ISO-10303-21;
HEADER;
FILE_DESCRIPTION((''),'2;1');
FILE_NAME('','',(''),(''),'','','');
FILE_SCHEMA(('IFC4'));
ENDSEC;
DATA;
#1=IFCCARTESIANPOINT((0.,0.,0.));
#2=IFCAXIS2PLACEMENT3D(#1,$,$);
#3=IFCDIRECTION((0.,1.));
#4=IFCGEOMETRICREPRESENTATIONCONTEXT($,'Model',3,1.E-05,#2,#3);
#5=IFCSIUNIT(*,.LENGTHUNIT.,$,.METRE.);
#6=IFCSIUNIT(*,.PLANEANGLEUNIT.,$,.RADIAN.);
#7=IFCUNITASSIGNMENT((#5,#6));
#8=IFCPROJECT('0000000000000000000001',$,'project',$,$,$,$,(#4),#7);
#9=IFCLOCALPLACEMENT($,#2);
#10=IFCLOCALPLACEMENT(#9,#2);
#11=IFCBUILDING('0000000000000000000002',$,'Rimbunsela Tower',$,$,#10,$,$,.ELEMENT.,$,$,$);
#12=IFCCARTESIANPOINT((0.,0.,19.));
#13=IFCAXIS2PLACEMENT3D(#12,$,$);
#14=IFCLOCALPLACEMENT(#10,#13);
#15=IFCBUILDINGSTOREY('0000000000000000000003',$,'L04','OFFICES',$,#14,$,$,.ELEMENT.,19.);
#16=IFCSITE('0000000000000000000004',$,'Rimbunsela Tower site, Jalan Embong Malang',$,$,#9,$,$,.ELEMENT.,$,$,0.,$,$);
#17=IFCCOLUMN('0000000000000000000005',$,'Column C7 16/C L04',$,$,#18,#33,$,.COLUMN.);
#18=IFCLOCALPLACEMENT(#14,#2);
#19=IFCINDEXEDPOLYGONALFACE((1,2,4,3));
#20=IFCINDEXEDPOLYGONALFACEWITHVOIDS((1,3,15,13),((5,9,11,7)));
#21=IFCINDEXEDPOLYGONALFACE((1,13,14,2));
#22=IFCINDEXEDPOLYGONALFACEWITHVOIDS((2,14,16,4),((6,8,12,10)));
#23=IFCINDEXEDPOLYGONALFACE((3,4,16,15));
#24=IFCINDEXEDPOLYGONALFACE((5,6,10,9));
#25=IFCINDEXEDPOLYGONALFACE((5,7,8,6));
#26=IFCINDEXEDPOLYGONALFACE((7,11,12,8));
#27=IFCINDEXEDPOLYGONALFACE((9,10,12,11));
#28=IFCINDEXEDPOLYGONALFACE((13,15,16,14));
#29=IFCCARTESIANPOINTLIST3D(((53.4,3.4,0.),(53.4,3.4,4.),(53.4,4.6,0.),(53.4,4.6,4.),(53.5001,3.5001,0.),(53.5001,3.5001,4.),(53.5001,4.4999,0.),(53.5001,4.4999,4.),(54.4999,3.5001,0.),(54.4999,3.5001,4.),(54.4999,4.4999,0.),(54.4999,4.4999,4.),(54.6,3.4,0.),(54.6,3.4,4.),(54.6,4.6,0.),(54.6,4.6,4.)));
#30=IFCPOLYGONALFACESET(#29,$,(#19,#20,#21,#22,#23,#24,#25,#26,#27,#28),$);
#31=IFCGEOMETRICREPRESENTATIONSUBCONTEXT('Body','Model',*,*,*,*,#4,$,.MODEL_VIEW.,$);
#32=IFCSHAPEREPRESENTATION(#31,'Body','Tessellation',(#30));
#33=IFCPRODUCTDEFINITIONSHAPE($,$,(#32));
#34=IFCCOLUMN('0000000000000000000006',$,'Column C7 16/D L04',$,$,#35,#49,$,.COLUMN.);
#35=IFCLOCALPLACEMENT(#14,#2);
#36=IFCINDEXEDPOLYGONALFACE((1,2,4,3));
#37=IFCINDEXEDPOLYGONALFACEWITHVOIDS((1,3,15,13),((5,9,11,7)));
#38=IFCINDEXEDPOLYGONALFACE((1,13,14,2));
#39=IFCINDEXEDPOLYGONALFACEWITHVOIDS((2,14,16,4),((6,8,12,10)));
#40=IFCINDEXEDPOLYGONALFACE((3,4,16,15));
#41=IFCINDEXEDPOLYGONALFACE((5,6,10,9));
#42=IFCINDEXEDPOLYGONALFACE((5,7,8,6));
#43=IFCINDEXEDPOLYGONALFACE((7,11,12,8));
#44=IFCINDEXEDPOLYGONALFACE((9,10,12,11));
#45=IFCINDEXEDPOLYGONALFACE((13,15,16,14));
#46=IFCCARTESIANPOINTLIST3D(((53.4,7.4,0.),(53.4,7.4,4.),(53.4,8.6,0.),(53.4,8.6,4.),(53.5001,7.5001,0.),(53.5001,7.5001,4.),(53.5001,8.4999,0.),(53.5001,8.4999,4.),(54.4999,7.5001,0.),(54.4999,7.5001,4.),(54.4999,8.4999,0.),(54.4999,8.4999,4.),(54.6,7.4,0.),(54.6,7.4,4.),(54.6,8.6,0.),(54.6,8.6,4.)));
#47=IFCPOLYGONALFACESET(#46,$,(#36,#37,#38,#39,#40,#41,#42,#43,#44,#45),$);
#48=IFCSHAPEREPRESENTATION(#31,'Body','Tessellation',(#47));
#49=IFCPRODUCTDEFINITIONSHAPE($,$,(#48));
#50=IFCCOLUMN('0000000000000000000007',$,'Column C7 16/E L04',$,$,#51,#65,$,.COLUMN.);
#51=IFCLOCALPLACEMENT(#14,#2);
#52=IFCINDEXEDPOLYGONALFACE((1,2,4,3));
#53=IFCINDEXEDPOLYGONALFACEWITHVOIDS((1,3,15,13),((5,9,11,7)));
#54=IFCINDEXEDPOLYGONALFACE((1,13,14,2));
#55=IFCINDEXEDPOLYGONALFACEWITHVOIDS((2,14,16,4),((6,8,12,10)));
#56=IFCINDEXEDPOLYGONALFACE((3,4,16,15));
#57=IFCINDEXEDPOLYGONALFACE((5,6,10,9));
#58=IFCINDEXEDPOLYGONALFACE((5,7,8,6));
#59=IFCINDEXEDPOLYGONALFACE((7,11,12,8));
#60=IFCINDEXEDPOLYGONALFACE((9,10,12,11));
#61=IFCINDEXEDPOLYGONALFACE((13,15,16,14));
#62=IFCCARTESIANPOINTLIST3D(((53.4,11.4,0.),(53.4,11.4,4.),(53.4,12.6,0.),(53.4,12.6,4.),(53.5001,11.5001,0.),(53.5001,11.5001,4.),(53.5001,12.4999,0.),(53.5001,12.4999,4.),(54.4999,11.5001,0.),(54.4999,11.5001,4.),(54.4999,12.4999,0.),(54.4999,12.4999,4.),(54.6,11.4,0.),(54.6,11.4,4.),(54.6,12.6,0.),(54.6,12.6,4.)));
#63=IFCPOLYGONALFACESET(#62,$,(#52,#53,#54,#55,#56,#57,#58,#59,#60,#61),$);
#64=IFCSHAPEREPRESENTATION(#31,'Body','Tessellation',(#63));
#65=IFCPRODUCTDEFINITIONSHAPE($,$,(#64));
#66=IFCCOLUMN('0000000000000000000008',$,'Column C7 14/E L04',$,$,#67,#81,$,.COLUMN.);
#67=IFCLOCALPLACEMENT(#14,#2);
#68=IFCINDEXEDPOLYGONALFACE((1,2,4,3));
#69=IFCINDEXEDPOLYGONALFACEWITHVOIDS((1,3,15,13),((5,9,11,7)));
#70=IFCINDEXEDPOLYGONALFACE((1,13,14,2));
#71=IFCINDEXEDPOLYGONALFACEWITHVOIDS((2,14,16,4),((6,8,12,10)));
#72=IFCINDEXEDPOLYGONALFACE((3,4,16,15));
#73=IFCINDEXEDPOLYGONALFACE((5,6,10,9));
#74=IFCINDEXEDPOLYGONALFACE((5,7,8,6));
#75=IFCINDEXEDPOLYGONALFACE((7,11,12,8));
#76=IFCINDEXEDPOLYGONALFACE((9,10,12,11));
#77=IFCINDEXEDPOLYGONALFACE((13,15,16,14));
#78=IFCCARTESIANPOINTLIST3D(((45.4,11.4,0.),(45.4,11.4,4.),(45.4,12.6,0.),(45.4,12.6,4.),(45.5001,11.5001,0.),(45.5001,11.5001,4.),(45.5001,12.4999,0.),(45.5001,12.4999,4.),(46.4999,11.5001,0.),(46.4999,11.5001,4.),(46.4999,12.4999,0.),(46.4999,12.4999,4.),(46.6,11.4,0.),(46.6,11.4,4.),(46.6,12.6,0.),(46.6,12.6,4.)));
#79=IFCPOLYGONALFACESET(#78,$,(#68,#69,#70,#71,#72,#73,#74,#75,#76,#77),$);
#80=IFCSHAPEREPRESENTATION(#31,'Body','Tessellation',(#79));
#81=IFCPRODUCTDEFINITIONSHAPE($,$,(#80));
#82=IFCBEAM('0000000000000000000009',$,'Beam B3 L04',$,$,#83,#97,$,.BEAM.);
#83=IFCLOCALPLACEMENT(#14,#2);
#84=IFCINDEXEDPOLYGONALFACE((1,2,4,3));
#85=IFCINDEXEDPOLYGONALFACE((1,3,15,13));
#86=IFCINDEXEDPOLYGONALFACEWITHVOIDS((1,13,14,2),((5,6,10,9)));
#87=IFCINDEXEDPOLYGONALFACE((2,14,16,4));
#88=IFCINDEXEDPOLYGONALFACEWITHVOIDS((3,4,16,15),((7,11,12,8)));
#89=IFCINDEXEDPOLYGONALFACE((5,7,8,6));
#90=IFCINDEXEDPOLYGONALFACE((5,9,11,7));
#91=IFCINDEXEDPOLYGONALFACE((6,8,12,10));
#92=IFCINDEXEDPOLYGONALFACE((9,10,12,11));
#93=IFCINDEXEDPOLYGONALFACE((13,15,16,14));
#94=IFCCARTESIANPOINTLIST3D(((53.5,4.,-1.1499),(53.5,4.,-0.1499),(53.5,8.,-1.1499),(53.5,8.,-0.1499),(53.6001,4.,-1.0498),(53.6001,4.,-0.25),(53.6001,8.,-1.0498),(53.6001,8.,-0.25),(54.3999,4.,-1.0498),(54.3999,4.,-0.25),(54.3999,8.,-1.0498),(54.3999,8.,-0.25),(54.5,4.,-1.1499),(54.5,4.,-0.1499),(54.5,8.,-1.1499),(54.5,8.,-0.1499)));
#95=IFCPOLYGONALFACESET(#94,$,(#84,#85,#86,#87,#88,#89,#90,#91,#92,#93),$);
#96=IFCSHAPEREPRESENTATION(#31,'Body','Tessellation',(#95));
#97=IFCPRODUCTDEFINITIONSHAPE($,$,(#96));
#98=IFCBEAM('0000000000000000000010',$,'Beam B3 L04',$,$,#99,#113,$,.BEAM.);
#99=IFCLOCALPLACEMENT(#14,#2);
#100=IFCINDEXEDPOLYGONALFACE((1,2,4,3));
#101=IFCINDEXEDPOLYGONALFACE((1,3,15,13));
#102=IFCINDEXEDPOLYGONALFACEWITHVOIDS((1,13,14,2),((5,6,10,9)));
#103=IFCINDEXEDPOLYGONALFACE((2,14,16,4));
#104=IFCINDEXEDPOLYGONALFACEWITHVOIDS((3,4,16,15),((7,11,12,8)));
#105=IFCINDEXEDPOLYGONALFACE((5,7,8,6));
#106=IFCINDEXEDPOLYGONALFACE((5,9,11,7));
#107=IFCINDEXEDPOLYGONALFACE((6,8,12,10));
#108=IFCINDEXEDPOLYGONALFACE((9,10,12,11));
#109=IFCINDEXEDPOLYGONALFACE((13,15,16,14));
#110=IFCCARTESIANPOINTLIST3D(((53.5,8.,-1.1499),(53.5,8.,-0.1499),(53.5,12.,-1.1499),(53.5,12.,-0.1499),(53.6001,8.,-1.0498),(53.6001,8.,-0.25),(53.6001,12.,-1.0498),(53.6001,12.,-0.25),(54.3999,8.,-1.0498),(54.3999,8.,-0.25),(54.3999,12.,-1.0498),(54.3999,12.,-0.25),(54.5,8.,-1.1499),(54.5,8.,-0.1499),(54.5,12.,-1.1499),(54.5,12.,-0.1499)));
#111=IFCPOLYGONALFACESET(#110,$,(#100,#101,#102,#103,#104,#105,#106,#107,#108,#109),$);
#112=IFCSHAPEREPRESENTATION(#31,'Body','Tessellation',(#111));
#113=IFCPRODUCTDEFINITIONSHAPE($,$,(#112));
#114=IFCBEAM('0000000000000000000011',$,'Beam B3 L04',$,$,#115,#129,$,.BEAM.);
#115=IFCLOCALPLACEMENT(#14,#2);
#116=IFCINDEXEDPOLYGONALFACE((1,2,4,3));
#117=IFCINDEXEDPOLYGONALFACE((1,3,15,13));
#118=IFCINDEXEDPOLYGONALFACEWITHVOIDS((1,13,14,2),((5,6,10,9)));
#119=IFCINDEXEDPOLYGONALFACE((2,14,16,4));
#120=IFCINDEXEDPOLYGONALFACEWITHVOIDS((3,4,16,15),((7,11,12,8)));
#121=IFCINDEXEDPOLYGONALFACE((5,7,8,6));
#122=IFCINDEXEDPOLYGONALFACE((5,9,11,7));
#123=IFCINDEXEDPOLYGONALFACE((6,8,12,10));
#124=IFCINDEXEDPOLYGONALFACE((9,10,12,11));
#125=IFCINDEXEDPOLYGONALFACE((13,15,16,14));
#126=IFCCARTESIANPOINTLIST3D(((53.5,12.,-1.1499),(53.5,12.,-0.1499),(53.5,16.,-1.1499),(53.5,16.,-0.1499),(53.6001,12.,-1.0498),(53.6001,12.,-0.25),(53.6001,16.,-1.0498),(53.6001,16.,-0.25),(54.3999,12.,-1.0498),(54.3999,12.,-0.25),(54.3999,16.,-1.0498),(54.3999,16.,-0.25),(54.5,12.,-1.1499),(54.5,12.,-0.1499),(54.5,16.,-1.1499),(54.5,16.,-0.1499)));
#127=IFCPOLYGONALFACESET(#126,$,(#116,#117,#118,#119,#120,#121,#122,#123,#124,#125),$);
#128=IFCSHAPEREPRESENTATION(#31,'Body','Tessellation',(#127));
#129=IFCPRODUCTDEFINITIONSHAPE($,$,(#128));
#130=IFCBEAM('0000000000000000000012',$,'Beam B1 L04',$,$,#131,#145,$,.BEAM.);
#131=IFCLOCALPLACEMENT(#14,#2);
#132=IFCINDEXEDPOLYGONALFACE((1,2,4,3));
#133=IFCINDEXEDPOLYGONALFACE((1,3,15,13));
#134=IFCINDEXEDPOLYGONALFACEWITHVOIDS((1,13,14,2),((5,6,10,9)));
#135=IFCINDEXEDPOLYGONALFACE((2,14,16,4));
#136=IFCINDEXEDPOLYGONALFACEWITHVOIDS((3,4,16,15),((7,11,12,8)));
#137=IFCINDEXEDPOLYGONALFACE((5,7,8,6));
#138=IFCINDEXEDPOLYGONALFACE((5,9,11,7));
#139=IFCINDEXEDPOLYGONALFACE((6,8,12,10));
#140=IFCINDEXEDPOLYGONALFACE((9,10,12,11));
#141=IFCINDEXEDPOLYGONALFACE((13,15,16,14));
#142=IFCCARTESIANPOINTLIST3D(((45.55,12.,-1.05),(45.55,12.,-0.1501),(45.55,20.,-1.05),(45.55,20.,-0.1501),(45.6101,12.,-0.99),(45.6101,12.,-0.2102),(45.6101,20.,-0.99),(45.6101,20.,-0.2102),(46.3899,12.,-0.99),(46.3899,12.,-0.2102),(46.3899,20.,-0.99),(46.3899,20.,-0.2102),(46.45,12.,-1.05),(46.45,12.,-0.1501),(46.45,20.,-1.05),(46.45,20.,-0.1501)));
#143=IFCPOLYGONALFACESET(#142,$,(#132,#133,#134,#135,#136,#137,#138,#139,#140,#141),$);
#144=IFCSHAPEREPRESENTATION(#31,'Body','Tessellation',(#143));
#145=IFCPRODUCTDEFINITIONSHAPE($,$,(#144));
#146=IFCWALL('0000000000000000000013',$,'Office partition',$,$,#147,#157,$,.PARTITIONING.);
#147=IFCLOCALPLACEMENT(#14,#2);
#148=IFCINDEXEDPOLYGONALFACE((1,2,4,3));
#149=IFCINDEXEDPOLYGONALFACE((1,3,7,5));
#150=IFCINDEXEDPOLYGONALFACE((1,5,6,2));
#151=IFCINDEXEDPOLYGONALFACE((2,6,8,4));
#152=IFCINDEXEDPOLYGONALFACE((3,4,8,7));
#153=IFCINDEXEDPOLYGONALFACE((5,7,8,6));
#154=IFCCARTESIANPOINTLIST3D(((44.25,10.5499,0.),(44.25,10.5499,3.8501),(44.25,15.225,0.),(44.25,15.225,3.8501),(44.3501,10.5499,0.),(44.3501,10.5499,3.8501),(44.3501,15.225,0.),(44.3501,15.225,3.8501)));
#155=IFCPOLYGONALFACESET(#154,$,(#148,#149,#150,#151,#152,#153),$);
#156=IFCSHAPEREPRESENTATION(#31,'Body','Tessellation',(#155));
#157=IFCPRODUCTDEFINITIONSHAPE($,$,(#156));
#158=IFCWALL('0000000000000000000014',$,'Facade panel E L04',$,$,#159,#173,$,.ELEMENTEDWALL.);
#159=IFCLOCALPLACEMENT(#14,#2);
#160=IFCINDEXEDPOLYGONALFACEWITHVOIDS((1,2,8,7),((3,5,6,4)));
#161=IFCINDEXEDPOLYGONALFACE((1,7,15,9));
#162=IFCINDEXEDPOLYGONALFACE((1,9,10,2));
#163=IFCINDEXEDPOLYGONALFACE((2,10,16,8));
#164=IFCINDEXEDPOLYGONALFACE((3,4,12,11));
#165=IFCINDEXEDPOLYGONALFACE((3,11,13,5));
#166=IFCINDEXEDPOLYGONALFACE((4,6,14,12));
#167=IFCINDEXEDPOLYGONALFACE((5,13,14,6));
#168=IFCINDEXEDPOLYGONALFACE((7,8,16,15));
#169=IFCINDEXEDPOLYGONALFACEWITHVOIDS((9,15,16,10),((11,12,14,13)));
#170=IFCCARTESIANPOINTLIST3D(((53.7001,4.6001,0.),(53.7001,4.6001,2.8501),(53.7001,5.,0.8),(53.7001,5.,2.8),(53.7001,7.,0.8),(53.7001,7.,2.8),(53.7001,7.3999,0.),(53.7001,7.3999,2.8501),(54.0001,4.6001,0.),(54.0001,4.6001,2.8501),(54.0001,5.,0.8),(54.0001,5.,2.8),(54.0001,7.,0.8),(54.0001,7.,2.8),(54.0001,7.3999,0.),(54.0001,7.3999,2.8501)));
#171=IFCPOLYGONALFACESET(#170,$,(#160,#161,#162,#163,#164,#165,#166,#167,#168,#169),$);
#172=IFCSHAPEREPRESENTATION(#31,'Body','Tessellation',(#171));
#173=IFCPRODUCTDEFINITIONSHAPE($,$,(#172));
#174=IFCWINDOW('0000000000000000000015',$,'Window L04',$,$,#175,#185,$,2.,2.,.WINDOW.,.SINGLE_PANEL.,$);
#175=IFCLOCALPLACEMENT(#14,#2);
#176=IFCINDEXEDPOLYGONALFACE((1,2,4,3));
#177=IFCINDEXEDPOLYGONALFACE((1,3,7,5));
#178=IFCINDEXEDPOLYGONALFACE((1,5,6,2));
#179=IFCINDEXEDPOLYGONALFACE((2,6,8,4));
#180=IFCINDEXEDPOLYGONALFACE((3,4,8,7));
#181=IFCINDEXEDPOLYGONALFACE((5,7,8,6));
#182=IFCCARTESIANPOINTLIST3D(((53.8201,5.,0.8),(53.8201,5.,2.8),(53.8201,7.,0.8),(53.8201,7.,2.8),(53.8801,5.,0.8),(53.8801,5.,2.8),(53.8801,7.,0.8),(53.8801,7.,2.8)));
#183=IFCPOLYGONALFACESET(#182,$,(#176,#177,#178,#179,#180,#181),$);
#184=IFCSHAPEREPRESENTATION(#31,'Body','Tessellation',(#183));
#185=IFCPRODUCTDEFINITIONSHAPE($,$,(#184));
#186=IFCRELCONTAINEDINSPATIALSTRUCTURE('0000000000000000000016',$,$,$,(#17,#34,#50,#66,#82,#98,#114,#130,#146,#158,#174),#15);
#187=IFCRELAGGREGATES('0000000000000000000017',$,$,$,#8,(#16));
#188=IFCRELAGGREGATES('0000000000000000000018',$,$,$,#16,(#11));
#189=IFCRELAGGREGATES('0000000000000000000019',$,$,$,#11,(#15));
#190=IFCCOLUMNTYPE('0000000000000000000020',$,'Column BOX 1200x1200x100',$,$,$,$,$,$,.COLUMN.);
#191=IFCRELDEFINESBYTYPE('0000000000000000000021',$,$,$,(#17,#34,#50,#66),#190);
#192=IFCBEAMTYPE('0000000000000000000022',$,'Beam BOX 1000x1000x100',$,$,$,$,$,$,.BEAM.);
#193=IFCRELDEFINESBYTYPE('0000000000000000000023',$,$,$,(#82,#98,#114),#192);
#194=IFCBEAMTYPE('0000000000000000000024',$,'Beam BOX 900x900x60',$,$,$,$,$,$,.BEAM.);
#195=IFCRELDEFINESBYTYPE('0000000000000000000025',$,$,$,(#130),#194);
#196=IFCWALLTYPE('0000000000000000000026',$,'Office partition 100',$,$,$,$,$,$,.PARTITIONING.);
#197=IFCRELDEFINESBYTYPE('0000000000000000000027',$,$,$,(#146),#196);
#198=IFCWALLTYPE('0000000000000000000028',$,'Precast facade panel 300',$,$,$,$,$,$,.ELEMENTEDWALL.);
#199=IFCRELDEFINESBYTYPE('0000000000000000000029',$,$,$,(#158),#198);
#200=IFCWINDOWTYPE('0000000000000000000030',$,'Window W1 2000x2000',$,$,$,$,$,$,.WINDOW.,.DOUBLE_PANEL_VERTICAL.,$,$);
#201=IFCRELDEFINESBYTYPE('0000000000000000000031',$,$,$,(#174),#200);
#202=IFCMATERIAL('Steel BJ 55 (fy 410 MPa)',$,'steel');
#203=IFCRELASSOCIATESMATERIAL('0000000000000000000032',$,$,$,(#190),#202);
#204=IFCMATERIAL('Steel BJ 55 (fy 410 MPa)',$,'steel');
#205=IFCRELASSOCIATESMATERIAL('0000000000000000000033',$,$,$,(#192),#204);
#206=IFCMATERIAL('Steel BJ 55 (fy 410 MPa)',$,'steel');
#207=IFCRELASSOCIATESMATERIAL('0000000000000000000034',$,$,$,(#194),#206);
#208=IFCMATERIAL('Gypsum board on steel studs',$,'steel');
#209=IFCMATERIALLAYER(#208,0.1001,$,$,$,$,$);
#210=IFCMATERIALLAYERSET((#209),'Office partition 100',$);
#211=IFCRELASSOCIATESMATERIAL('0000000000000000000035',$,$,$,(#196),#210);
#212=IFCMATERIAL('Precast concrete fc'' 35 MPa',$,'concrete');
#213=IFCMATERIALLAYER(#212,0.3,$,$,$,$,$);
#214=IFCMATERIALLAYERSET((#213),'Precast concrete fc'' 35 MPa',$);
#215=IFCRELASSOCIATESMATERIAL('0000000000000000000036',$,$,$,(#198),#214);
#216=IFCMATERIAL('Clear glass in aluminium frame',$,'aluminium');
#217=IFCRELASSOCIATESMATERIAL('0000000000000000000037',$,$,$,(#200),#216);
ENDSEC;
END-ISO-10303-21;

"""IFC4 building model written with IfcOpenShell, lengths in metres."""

from ifc_helpers import new_model, si_unit, direction, frame, frame_2d, origin, origin_2d, place, context, subcontext, project, spatial, rectangle, hollow_rectangle, extrude, material, layer, layer_set, material_profile, profile_set, type_object, element, fill, save


model = new_model("IFC4")

# Units and contexts
model_context = context("Model", 3, precision=1e-05, world=origin(), true_north=direction((0.0, 1.0)))
body_context = subcontext(model_context, "Body", "Model", "MODEL_VIEW")
ifc_project = project(units=[si_unit("LENGTHUNIT", "METRE"), si_unit("PLANEANGLEUNIT", "RADIAN")], contexts=[model_context])

# Site, building, storey
site_placement = place(None, origin())
site = spatial("IfcSite", under=ifc_project, at=site_placement, Name="Rimbunsela Tower site, Jalan Embong Malang", CompositionType="ELEMENT", RefElevation=0.0)
building_placement = place(site_placement, origin())
building = spatial("IfcBuilding", under=site, at=building_placement, Name="Rimbunsela Tower", CompositionType="ELEMENT")
storey_placement = place(building_placement, frame((0.0, 0.0, 19.0)))
storey = spatial("IfcBuildingStorey", under=building, at=storey_placement, Name="L04", Description="OFFICES", CompositionType="ELEMENT", Elevation=19.0)

# Columns
ifc_material_1 = material(Name="Steel BJ 55 (fy 410 MPa)", Category="steel")
ifc_material_profile_1 = material_profile(ifc_material_1, hollow_rectangle(XDim=1.2, YDim=1.2, WallThickness=0.1001, at=origin_2d()), Name="BOX 1200x1200x100")
ifc_profile_set_1 = profile_set([ifc_material_profile_1], Name="Steel BJ 55 (fy 410 MPa)")
column_type = type_object("IfcColumnType", Name="Column BOX 1200x1200x100", PredefinedType="COLUMN", material=ifc_profile_set_1)
for number, where, z_axis, x_axis, name in (
    (1, (54.0, 4.0, 0.0), (0.0, 0.0, 1.0), (1.0, 0.0, 0.0), "Column C7 16/C L04"),
    (2, (54.0, 8.0, 0.0), (0.0, 0.0, 1.0), (1.0, 0.0, 0.0), "Column C7 16/D L04"),
    (3, (54.0, 12.0, 0.0), (0.0, 0.0, 1.0), (1.0, 0.0, 0.0), "Column C7 16/E L04"),
    (4, (46.0, 12.0, 0.0), (0.0, 0.0, 1.0), (1.0, 0.0, 0.0), "Column C7 14/E L04"),
):
    element("IfcColumn", number, at=place(storey_placement, frame(where, z_axis=z_axis, x_axis=x_axis)), inside=storey, type_object=column_type, Name=name, PredefinedType="COLUMN", context=body_context, shape_type="SweptSolid", body=[
        extrude(hollow_rectangle(XDim=1.2, YDim=1.2, WallThickness=0.1001, at=origin_2d()), origin(), (0.0, 0.0, 1.0), 4.0),
    ])

# Beams
ifc_material_2 = material(Name="Steel BJ 55 (fy 410 MPa)", Category="steel")
ifc_material_profile_2 = material_profile(ifc_material_2, hollow_rectangle(XDim=1.0, YDim=1.0, WallThickness=0.1001, at=origin_2d()), Name="BOX 1000x1000x100")
ifc_profile_set_2 = profile_set([ifc_material_profile_2], Name="Steel BJ 55 (fy 410 MPa)")
beam_type_1 = type_object("IfcBeamType", Name="Beam BOX 1000x1000x100", PredefinedType="BEAM", material=ifc_profile_set_2)
for number, where, z_axis, x_axis, name in (
    (5, (54.0, 4.0, -0.6499), (0.0, 1.0, 0.0), (-1.0, 0.0, 0.0), "Beam B3 L04"),
    (6, (54.0, 8.0, -0.6499), (0.0, 1.0, 0.0), (-1.0, 0.0, 0.0), "Beam B3 L04"),
    (7, (54.0, 12.0, -0.6499), (0.0, 1.0, 0.0), (-1.0, 0.0, 0.0), "Beam B3 L04"),
):
    element("IfcBeam", number, at=place(storey_placement, frame(where, z_axis=z_axis, x_axis=x_axis)), inside=storey, type_object=beam_type_1, Name=name, PredefinedType="BEAM", context=body_context, shape_type="SweptSolid", body=[
        extrude(hollow_rectangle(XDim=1.0, YDim=1.0, WallThickness=0.1001, at=origin_2d()), origin(), (0.0, 0.0, 1.0), 4.0),
    ])
ifc_material_3 = material(Name="Steel BJ 55 (fy 410 MPa)", Category="steel")
ifc_material_profile_3 = material_profile(ifc_material_3, hollow_rectangle(XDim=0.8999, YDim=0.8999, WallThickness=0.0601, at=origin_2d()), Name="BOX 900x900x60")
ifc_profile_set_3 = profile_set([ifc_material_profile_3], Name="Steel BJ 55 (fy 410 MPa)")
beam_type_2 = type_object("IfcBeamType", Name="Beam BOX 900x900x60", PredefinedType="BEAM", material=ifc_profile_set_3)
beam_placement = place(storey_placement, frame((46.0, 12.0, -0.6001), z_axis=(0.0, 1.0, 0.0), x_axis=(-1.0, 0.0, 0.0)))
element("IfcBeam", 8, at=beam_placement, inside=storey, type_object=beam_type_2, Name="Beam B1 L04", PredefinedType="BEAM", context=body_context, shape_type="SweptSolid", body=[
    extrude(hollow_rectangle(XDim=0.8999, YDim=0.8999, WallThickness=0.0601, at=origin_2d()), origin(), (0.0, 0.0, 1.0), 8.0),
])

# Wall
ifc_material_4 = material(Name="Gypsum board on steel studs", Category="steel")
ifc_layer_1 = layer(ifc_material_4, 0.1001)
ifc_layer_set_1 = layer_set([ifc_layer_1], Name="Office partition 100")
wall_type_1 = type_object("IfcWallType", Name="Office partition 100", PredefinedType="PARTITIONING", material=ifc_layer_set_1)
wall_1_placement = place(storey_placement, frame((44.3, 10.55, 0.0), z_axis=(0.0, 0.0, 1.0), x_axis=(0.0, 1.0, 0.0)))
element("IfcWall", 9, at=wall_1_placement, inside=storey, type_object=wall_type_1, Name="Office partition", PredefinedType="PARTITIONING", context=body_context, shape_type="SweptSolid", body=[
    extrude(rectangle(XDim=4.675, YDim=0.1001, at=frame_2d((2.3374, 0.0))), origin(), (0.0, 0.0, 1.0), 3.8501),
])

# Wall, opening, window
ifc_material_5 = material(Name="Precast concrete fc' 35 MPa", Category="concrete")
ifc_layer_2 = layer(ifc_material_5, 0.3)
ifc_layer_set_2 = layer_set([ifc_layer_2], Name="Precast concrete fc' 35 MPa")
wall_type_2 = type_object("IfcWallType", Name="Precast facade panel 300", PredefinedType="ELEMENTEDWALL", material=ifc_layer_set_2)
wall_2_placement = place(storey_placement, frame((53.8501, 4.6001, 0.0), z_axis=(0.0, 0.0, 1.0), x_axis=(0.0, 1.0, 0.0)))
wall_2 = element("IfcWall", 10, at=wall_2_placement, inside=storey, type_object=wall_type_2, Name="Facade panel E L04", PredefinedType="ELEMENTEDWALL", context=body_context, shape_type="SweptSolid", body=[
    extrude(rectangle(XDim=2.7998, YDim=0.3, at=frame_2d((1.3999, 0.0))), origin(), (0.0, 0.0, 1.0), 2.8501),
])
opening_1_placement = place(wall_2_placement, frame((0.3999, 0.0, 0.8)))
opening_1 = element("IfcOpeningElement", 11, at=opening_1_placement, cuts=wall_2, PredefinedType="OPENING", context=body_context, shape_type="SweptSolid", body=[
    extrude(rectangle(XDim=2.0, YDim=2.0, at=frame_2d((1.0, 1.0))), frame((0.0, 0.1599, 0.0), z_axis=(0.0, -1.0, 0.0), x_axis=(1.0, 0.0, 0.0)), (0.0, 0.0, 1.0), 0.3201),
])
ifc_material_6 = material(Name="Clear glass in aluminium frame", Category="aluminium")
window_type = type_object("IfcWindowType", Name="Window W1 2000x2000", PartitioningType="DOUBLE_PANEL_VERTICAL", PredefinedType="WINDOW", material=ifc_material_6)
window_1_placement = place(opening_1_placement, origin())
window_1 = element("IfcWindow", 12, at=window_1_placement, inside=storey, type_object=window_type, Name="Window L04", OverallHeight=2.0, OverallWidth=2.0, PartitioningType="SINGLE_PANEL", PredefinedType="WINDOW", context=body_context, shape_type="SweptSolid", body=[
    extrude(rectangle(XDim=2.0, YDim=2.0, at=frame_2d((1.0, 1.0))), frame((0.0, 0.03, 0.0), z_axis=(0.0, -1.0, 0.0), x_axis=(1.0, 0.0, 0.0)), (0.0, 0.0, 1.0), 0.0601),
])
fill(opening_1, window_1)

save(model, "model.ifc")
